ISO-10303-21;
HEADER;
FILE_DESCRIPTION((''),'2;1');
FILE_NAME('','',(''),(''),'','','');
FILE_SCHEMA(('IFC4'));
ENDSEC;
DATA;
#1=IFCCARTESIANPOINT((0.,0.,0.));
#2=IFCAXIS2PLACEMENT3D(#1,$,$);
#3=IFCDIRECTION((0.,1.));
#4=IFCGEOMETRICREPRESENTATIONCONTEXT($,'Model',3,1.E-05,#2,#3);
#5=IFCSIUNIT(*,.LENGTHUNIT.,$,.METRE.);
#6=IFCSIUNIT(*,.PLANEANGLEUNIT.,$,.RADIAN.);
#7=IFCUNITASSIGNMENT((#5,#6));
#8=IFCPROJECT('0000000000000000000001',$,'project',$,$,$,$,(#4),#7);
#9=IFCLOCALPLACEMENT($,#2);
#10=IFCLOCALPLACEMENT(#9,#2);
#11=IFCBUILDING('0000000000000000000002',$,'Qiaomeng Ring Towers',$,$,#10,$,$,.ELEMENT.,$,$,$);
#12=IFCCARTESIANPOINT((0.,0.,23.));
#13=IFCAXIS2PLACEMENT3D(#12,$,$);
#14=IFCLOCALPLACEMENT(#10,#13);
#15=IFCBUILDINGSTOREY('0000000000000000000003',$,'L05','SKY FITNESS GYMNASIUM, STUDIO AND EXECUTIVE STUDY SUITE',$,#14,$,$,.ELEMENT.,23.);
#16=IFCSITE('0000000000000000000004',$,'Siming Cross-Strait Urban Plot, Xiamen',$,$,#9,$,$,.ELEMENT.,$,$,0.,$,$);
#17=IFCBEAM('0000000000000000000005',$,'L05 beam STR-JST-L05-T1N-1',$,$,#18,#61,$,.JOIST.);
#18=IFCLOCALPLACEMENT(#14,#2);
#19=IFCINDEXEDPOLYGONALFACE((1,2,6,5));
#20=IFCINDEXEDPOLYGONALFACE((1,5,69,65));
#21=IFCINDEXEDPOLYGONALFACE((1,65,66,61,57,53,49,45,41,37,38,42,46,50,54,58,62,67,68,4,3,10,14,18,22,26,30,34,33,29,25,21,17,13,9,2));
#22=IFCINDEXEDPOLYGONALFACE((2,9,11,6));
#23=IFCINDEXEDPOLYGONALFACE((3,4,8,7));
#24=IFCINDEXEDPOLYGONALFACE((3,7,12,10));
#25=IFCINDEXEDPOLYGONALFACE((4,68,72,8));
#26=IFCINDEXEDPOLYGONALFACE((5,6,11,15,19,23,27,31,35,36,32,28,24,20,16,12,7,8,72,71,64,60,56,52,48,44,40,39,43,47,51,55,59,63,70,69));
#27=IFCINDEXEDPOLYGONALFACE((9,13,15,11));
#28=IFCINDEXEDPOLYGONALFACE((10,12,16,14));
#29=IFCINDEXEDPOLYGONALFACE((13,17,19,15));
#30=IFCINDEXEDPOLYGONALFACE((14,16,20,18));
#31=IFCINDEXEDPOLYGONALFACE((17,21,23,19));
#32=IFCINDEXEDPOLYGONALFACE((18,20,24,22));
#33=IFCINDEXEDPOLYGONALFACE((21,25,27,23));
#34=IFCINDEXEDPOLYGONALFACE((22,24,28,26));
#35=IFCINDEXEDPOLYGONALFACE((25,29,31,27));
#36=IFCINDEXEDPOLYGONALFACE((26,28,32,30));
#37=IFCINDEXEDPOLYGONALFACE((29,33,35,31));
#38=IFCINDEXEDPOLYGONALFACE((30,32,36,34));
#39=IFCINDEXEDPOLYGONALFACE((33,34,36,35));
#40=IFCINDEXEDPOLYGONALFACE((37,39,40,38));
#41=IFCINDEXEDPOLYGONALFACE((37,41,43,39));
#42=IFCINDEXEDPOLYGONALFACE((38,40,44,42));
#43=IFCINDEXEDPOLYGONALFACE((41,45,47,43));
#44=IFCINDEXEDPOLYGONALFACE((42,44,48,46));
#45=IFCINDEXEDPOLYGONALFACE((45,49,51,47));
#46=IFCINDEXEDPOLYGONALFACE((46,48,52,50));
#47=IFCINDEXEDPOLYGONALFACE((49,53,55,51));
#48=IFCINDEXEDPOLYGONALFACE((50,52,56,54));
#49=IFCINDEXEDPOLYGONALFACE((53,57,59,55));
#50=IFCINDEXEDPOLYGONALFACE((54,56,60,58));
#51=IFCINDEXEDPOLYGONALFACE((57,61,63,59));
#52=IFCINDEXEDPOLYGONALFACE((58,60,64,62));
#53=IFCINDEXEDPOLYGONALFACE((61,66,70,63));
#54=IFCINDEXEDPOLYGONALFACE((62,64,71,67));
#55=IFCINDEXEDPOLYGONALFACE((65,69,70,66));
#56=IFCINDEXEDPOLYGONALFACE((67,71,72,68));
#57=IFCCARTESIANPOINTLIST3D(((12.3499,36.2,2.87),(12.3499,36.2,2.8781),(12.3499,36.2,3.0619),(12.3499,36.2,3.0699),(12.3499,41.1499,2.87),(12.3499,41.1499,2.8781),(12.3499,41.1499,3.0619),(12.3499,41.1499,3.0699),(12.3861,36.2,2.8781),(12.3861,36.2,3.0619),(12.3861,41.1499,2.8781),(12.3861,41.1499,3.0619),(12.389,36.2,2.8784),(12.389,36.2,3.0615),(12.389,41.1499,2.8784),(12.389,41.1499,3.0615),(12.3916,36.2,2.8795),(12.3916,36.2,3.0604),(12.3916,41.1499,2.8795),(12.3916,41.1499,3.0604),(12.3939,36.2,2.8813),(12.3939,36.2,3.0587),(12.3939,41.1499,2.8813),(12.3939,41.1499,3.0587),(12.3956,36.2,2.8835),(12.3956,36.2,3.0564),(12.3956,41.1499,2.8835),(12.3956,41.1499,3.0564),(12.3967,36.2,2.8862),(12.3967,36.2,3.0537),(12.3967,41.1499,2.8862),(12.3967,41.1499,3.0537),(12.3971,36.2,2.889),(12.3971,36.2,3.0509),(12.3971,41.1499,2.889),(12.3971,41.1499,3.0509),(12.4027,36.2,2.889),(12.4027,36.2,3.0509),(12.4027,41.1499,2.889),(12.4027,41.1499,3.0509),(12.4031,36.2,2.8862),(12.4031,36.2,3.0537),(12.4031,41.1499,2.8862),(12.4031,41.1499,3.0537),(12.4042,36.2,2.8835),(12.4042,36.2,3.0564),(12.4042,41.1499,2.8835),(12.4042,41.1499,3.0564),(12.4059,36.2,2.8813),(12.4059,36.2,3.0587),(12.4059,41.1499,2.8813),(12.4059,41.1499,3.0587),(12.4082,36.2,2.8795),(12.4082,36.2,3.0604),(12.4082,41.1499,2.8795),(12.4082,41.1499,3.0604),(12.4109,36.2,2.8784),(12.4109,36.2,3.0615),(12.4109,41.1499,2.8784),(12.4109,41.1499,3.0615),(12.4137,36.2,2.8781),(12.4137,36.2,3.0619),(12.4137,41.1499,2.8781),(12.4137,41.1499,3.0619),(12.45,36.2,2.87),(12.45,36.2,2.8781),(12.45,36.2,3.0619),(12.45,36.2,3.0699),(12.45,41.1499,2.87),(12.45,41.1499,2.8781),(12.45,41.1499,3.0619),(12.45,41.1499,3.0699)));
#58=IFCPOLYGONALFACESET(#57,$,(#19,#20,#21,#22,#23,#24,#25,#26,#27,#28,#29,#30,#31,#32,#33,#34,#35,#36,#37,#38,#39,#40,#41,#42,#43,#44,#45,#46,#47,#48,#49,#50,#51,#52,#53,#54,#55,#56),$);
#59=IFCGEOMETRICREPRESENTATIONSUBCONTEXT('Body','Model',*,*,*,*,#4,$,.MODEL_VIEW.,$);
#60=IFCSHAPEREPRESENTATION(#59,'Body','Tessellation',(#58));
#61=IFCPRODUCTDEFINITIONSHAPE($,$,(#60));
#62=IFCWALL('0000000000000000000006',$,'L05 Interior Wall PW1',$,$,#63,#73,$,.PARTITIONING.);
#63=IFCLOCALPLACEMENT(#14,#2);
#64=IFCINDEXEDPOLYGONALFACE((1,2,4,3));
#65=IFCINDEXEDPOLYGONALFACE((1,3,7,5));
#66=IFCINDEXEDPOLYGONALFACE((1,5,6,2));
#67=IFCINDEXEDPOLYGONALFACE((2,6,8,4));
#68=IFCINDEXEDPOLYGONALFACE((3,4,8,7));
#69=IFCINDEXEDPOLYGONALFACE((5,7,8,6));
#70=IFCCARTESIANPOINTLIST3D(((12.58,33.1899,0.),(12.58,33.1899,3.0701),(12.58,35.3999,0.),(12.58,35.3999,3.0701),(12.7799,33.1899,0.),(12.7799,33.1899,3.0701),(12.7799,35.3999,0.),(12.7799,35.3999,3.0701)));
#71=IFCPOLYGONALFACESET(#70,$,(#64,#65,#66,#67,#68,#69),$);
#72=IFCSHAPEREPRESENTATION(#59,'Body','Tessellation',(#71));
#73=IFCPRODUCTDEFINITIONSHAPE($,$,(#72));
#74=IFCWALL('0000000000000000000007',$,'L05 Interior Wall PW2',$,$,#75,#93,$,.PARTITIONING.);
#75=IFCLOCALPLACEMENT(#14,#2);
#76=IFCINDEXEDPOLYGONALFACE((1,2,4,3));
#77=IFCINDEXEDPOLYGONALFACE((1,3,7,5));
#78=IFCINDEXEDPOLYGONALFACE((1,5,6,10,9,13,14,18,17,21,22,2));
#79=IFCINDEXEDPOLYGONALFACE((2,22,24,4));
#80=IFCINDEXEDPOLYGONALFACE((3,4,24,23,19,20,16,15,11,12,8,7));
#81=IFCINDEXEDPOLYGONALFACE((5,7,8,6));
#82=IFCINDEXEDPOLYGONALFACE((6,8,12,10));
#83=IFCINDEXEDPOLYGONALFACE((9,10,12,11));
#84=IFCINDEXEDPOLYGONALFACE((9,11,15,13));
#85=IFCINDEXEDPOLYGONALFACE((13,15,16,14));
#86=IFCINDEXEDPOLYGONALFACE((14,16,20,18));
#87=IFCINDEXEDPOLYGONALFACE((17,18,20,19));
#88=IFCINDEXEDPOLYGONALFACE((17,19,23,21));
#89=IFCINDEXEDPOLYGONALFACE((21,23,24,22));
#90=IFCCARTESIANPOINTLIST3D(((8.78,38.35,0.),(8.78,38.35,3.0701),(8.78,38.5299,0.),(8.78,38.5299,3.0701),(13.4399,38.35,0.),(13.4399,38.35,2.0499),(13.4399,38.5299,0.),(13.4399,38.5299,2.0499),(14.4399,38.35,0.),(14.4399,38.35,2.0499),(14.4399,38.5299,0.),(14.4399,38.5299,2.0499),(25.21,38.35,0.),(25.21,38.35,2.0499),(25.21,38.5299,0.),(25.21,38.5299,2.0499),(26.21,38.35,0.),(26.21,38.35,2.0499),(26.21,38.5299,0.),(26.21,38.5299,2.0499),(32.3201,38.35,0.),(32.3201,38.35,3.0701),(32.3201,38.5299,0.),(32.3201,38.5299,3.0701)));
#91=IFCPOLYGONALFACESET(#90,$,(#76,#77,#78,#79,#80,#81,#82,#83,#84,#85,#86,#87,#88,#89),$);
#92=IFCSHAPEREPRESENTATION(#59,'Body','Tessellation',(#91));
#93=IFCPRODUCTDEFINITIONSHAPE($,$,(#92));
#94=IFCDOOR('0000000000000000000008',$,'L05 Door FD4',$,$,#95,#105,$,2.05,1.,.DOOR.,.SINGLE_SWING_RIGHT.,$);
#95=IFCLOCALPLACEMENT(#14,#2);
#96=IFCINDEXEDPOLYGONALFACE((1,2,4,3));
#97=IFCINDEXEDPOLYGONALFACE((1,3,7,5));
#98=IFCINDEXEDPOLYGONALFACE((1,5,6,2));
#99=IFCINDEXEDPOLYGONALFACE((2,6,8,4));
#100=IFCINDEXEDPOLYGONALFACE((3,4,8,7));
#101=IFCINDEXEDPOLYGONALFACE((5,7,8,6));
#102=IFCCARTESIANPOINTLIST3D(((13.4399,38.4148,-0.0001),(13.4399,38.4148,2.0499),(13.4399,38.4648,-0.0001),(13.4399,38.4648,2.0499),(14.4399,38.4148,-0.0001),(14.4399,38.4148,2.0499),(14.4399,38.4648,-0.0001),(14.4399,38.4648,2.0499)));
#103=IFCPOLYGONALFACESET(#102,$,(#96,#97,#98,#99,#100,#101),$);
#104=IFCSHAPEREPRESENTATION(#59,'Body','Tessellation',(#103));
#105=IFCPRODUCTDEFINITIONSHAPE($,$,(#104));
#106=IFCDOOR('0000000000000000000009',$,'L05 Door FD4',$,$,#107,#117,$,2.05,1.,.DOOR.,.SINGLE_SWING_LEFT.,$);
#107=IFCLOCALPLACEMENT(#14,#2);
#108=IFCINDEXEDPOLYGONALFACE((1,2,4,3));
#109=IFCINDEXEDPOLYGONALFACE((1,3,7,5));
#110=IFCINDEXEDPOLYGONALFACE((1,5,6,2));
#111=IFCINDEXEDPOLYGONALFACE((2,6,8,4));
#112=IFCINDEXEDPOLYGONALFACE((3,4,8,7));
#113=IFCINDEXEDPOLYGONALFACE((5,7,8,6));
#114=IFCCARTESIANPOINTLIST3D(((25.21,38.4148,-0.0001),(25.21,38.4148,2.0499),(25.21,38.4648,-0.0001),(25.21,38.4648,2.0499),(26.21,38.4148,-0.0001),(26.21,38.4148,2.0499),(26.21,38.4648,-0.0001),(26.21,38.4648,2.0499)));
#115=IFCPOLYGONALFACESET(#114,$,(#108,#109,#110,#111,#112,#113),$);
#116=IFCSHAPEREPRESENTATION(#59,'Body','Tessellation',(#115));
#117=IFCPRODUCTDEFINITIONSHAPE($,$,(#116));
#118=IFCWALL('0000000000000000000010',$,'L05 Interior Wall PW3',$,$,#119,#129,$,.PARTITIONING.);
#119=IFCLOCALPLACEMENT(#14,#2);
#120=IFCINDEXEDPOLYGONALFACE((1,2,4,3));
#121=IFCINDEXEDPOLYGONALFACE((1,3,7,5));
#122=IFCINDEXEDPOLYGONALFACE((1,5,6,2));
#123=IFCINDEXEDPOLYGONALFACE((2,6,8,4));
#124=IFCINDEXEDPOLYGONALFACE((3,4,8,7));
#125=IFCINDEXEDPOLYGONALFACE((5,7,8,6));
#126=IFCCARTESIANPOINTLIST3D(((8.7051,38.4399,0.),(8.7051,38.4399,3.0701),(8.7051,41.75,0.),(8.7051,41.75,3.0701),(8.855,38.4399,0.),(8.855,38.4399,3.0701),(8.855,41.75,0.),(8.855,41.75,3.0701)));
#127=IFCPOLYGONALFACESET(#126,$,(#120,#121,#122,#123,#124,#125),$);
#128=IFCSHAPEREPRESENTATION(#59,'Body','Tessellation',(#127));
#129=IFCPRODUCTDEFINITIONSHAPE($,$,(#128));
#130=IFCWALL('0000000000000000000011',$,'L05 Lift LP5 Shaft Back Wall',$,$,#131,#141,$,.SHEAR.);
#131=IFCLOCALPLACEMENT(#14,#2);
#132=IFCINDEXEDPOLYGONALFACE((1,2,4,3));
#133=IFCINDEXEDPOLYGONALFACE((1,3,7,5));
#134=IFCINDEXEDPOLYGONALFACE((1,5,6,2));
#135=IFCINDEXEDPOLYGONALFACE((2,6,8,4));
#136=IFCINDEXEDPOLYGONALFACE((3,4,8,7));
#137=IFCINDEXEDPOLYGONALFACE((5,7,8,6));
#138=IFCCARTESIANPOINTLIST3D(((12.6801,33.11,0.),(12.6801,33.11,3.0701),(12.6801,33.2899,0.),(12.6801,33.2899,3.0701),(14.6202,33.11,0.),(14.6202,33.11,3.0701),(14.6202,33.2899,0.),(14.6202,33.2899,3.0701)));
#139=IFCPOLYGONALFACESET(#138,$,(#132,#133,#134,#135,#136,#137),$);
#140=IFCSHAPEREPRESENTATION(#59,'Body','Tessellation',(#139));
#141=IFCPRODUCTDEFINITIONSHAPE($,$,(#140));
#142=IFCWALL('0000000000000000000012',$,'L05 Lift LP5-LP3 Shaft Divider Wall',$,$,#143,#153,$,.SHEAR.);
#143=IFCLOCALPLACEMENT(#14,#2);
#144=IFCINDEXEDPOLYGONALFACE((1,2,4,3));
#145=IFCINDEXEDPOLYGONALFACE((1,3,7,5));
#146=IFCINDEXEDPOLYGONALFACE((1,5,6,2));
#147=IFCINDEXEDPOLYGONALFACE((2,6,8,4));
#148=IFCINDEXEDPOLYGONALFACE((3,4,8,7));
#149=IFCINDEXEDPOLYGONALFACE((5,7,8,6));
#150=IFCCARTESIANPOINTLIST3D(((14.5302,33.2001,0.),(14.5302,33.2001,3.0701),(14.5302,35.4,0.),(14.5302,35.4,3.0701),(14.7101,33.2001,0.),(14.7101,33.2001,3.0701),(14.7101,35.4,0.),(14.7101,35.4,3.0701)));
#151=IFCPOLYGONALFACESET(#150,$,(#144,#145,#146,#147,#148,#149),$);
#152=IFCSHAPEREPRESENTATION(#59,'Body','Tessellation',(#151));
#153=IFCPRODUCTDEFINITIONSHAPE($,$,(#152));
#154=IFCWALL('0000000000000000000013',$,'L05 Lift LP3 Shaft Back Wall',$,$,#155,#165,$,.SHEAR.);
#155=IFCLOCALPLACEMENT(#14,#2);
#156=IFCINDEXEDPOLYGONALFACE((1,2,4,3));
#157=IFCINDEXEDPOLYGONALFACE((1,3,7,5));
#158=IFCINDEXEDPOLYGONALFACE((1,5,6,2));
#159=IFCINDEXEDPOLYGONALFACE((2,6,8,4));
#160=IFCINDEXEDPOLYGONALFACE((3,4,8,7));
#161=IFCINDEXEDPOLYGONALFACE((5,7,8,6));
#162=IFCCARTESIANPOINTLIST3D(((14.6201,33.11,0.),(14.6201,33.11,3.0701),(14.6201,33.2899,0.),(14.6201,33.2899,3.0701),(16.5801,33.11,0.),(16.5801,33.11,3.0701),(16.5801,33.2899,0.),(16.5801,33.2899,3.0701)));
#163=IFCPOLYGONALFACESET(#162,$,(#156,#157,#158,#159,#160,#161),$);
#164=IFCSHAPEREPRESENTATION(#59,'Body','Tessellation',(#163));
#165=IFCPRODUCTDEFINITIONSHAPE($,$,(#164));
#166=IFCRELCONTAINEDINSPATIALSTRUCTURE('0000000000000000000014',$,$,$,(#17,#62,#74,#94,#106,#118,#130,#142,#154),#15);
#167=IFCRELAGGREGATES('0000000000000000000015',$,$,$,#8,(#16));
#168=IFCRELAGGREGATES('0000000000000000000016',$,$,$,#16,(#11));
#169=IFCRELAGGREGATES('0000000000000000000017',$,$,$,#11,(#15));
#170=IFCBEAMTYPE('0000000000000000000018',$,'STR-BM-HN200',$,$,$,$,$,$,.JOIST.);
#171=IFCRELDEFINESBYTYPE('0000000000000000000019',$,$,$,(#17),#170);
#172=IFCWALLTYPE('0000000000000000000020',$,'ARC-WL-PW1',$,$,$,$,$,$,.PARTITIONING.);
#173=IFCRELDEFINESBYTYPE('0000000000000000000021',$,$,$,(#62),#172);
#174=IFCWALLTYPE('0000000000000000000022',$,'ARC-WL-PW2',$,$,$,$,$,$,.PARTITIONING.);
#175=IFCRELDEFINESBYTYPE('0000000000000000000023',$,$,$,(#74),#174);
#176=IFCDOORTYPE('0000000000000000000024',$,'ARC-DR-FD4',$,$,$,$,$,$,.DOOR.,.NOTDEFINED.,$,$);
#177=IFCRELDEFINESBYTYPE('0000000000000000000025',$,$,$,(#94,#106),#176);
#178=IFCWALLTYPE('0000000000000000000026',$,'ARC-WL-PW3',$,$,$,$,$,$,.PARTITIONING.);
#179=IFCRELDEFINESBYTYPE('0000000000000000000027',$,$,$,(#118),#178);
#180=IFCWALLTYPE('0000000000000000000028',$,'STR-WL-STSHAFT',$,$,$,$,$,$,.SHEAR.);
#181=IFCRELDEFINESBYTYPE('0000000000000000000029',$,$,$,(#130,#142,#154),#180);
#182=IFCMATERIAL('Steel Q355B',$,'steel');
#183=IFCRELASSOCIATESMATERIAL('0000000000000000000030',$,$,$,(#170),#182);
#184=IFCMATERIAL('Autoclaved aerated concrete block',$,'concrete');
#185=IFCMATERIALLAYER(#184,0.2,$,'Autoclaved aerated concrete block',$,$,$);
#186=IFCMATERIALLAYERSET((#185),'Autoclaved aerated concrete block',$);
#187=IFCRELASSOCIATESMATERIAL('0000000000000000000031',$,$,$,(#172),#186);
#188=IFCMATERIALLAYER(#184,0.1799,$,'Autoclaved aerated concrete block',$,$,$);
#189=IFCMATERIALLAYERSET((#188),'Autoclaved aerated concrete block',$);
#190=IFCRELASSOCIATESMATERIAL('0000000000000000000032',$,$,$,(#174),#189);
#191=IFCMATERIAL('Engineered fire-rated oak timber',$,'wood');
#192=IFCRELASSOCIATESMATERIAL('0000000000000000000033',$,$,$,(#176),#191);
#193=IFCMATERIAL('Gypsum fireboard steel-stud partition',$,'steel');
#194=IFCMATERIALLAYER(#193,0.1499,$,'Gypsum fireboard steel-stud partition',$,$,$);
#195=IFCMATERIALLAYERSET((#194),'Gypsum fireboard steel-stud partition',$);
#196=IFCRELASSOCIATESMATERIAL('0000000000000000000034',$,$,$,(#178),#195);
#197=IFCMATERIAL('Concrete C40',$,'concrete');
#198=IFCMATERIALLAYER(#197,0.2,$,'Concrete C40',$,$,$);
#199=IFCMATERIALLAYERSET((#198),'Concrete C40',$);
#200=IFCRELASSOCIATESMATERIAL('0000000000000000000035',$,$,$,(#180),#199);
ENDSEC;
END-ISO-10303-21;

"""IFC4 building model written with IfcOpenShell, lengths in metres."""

from ifc_helpers import new_model, si_unit, direction, frame, frame_2d, origin, origin_2d, place, context, subcontext, project, spatial, rectangle, i_section, extrude, source, transform, mapped, material, layer, layer_set, material_profile, profile_set, type_object, element, fill, save


model = new_model("IFC4")

# Units and contexts
model_context = context("Model", 3, precision=1e-05, world=origin(), true_north=direction((0.0, 1.0)))
body_context = subcontext(model_context, "Body", "Model", "MODEL_VIEW")
ifc_project = project(units=[si_unit("LENGTHUNIT", "METRE"), si_unit("PLANEANGLEUNIT", "RADIAN")], contexts=[model_context])

# Site, building, storey
site_placement = place(None, origin())
site = spatial("IfcSite", under=ifc_project, at=site_placement, Name="Siming Cross-Strait Urban Plot, Xiamen", CompositionType="ELEMENT", RefElevation=0.0)
building_placement = place(site_placement, origin())
building = spatial("IfcBuilding", under=site, at=building_placement, Name="Qiaomeng Ring Towers", CompositionType="ELEMENT")
storey_placement = place(building_placement, frame((0.0, 0.0, 23.0)))
storey = spatial("IfcBuildingStorey", under=building, at=storey_placement, Name="L05", Description="SKY FITNESS GYMNASIUM, STUDIO AND EXECUTIVE STUDY SUITE", CompositionType="ELEMENT", Elevation=23.0)

# Beam
ifc_material_1 = material(Name="Steel Q355B", Category="steel")
ifc_material_profile = material_profile(ifc_material_1, i_section(OverallWidth=0.1001, OverallDepth=0.2, WebThickness=0.0056, FlangeThickness=0.0081, FilletRadius=0.011, at=origin_2d()), Name="HN 200x100x5.5x8")
ifc_profile_set = profile_set([ifc_material_profile], Name="Steel Q355B")
beam_type = type_object("IfcBeamType", Name="STR-BM-HN200", PredefinedType="JOIST", material=ifc_profile_set)
shared_shape_1 = source(origin(), body_context, "Body", "SweptSolid", [
    extrude(i_section(OverallWidth=0.1001, OverallDepth=0.2, WebThickness=0.0056, FlangeThickness=0.0081, FilletRadius=0.011, at=origin_2d()), origin(), (0.0, 0.0, 1.0), 4.95),
])
beam_placement = place(storey_placement, frame((12.3999, 36.2, 2.97), z_axis=(0.0, 1.0, 0.0), x_axis=(-1.0, 0.0, 0.0)))
element("IfcBeam", 1, at=beam_placement, inside=storey, type_object=beam_type, Name="L05 beam STR-JST-L05-T1N-1", PredefinedType="JOIST", context=body_context, shape_type="MappedRepresentation", body=[
    mapped(shared_shape_1, transform((0.0, 0.0, 0.0), x_axis=(1.0, 0.0, 0.0), y_axis=(0.0, 1.0, 0.0), z_axis=(0.0, 0.0, 1.0), scale=1.0)),
])

# Wall
ifc_material_2 = material(Name="Autoclaved aerated concrete block", Category="concrete")
ifc_layer_1 = layer(ifc_material_2, 0.2, Name="Autoclaved aerated concrete block")
ifc_layer_set_1 = layer_set([ifc_layer_1], Name="Autoclaved aerated concrete block")
wall_type_1 = type_object("IfcWallType", Name="ARC-WL-PW1", PredefinedType="PARTITIONING", material=ifc_layer_set_1)
wall_1_placement = place(storey_placement, frame((12.6799, 33.1899, 0.0), z_axis=(0.0, 0.0, 1.0), x_axis=(0.0, 1.0, 0.0)))
element("IfcWall", 2, at=wall_1_placement, inside=storey, type_object=wall_type_1, Name="L05 Interior Wall PW1", PredefinedType="PARTITIONING", context=body_context, shape_type="SweptSolid", body=[
    extrude(rectangle(XDim=2.21, YDim=0.2, at=frame_2d((1.105, 0.0))), origin(), (0.0, 0.0, 1.0), 3.0701),
])

# Wall, openings, doors
ifc_layer_2 = layer(ifc_material_2, 0.1799, Name="Autoclaved aerated concrete block")
ifc_layer_set_2 = layer_set([ifc_layer_2], Name="Autoclaved aerated concrete block")
wall_type_2 = type_object("IfcWallType", Name="ARC-WL-PW2", PredefinedType="PARTITIONING", material=ifc_layer_set_2)
wall_2_placement = place(storey_placement, frame((8.78, 38.4399, 0.0), z_axis=(0.0, 0.0, 1.0), x_axis=(1.0, 0.0, 0.0)))
wall_2 = element("IfcWall", 3, at=wall_2_placement, inside=storey, type_object=wall_type_2, Name="L05 Interior Wall PW2", PredefinedType="PARTITIONING", context=body_context, shape_type="SweptSolid", body=[
    extrude(rectangle(XDim=23.54, YDim=0.1799, at=frame_2d((11.77, 0.0))), origin(), (0.0, 0.0, 1.0), 3.0701),
])
opening_1_placement = place(wall_2_placement, frame((4.6599, 0.0, 0.0)))
opening_1 = element("IfcOpeningElement", 4, at=opening_1_placement, cuts=wall_2, PredefinedType="OPENING", context=body_context, shape_type="SweptSolid", body=[
    extrude(rectangle(XDim=1.0, YDim=2.05, at=frame_2d((0.5, 1.0249))), frame((0.0, 0.0999, 0.0), z_axis=(0.0, -1.0, 0.0), x_axis=(1.0, 0.0, 0.0)), (0.0, 0.0, 1.0), 0.2),
])
opening_2_placement = place(wall_2_placement, frame((16.4299, 0.0, 0.0)))
opening_2 = element("IfcOpeningElement", 5, at=opening_2_placement, cuts=wall_2, PredefinedType="OPENING", context=body_context, shape_type="SweptSolid", body=[
    extrude(rectangle(XDim=1.0, YDim=2.05, at=frame_2d((0.5, 1.0249))), frame((0.0, 0.0999, 0.0), z_axis=(0.0, -1.0, 0.0), x_axis=(1.0, 0.0, 0.0)), (0.0, 0.0, 1.0), 0.2),
])
ifc_material_3 = material(Name="Engineered fire-rated oak timber", Category="wood")
door_type_1 = type_object("IfcDoorType", Name="ARC-DR-FD4", OperationType="NOTDEFINED", PredefinedType="DOOR", material=ifc_material_3)
shared_shape_2 = source(origin(), body_context, "Body", "SweptSolid", [
    extrude(rectangle(XDim=1.0, YDim=2.05, at=frame_2d((0.5, 1.0249))), frame((0.0, 0.0249, 0.0), z_axis=(0.0, -1.0, 0.0), x_axis=(1.0, 0.0, 0.0)), (0.0, 0.0, 1.0), 0.05),
])
door_1_placement = place(opening_1_placement, origin())
door_1 = element("IfcDoor", 6, at=door_1_placement, inside=storey, type_object=door_type_1, Name="L05 Door FD4", OperationType="SINGLE_SWING_RIGHT", OverallHeight=2.05, OverallWidth=1.0, PredefinedType="DOOR", context=body_context, shape_type="MappedRepresentation", body=[
    mapped(shared_shape_2, transform((0.0, 0.0, 0.0), x_axis=(1.0, 0.0, 0.0), y_axis=(0.0, 1.0, 0.0), z_axis=(0.0, 0.0, 1.0), scale=1.0)),
])
fill(opening_1, door_1)
door_2_placement = place(opening_2_placement, origin())
door_2 = element("IfcDoor", 7, at=door_2_placement, inside=storey, type_object=door_type_1, Name="L05 Door FD4", OperationType="SINGLE_SWING_LEFT", OverallHeight=2.05, OverallWidth=1.0, PredefinedType="DOOR", context=body_context, shape_type="MappedRepresentation", body=[
    mapped(shared_shape_2, transform((0.0, 0.0, 0.0), x_axis=(1.0, 0.0, 0.0), y_axis=(0.0, 1.0, 0.0), z_axis=(0.0, 0.0, 1.0), scale=1.0)),
])
fill(opening_2, door_2)

# Walls
ifc_material_4 = material(Name="Gypsum fireboard steel-stud partition", Category="steel")
ifc_layer_3 = layer(ifc_material_4, 0.1499, Name="Gypsum fireboard steel-stud partition")
ifc_layer_set_3 = layer_set([ifc_layer_3], Name="Gypsum fireboard steel-stud partition")
wall_type_3 = type_object("IfcWallType", Name="ARC-WL-PW3", PredefinedType="PARTITIONING", material=ifc_layer_set_3)
wall_3_placement = place(storey_placement, frame((8.78, 38.4399, 0.0), z_axis=(0.0, 0.0, 1.0), x_axis=(0.0, 1.0, 0.0)))
element("IfcWall", 8, at=wall_3_placement, inside=storey, type_object=wall_type_3, Name="L05 Interior Wall PW3", PredefinedType="PARTITIONING", context=body_context, shape_type="SweptSolid", body=[
    extrude(rectangle(XDim=3.3101, YDim=0.1499, at=frame_2d((1.655, 0.0))), origin(), (0.0, 0.0, 1.0), 3.0701),
])
ifc_material_5 = material(Name="Concrete C40", Category="concrete")
ifc_layer_4 = layer(ifc_material_5, 0.2, Name="Concrete C40")
ifc_layer_set_4 = layer_set([ifc_layer_4], Name="Concrete C40")
wall_type_4 = type_object("IfcWallType", Name="STR-WL-STSHAFT", PredefinedType="SHEAR", material=ifc_layer_set_4)
wall_4_placement = place(storey_placement, frame((12.6799, 33.2, 0.0), z_axis=(0.0, 0.0, 1.0), x_axis=(1.0, 0.0, 0.0)))
element("IfcWall", 9, at=wall_4_placement, inside=storey, type_object=wall_type_4, Name="L05 Lift LP5 Shaft Back Wall", PredefinedType="SHEAR", context=body_context, shape_type="SweptSolid", body=[
    extrude(rectangle(XDim=1.9402, YDim=0.1799, at=frame_2d((0.9702, 0.0))), origin(), (0.0, 0.0, 1.0), 3.0701),
])
wall_5_placement = place(storey_placement, frame((14.6201, 33.2, 0.0), z_axis=(0.0, 0.0, 1.0), x_axis=(0.0, 1.0, 0.0)))
element("IfcWall", 10, at=wall_5_placement, inside=storey, type_object=wall_type_4, Name="L05 Lift LP5-LP3 Shaft Divider Wall", PredefinedType="SHEAR", context=body_context, shape_type="SweptSolid", body=[
    extrude(rectangle(XDim=2.2, YDim=0.1799, at=frame_2d((1.1001, 0.0))), origin(), (0.0, 0.0, 1.0), 3.0701),
])
wall_6_placement = place(storey_placement, frame((14.6201, 33.2, 0.0), z_axis=(0.0, 0.0, 1.0), x_axis=(1.0, 0.0, 0.0)))
element("IfcWall", 11, at=wall_6_placement, inside=storey, type_object=wall_type_4, Name="L05 Lift LP3 Shaft Back Wall", PredefinedType="SHEAR", context=body_context, shape_type="SweptSolid", body=[
    extrude(rectangle(XDim=1.96, YDim=0.1799, at=frame_2d((0.98, 0.0))), origin(), (0.0, 0.0, 1.0), 3.0701),
])

save(model, "model.ifc")
